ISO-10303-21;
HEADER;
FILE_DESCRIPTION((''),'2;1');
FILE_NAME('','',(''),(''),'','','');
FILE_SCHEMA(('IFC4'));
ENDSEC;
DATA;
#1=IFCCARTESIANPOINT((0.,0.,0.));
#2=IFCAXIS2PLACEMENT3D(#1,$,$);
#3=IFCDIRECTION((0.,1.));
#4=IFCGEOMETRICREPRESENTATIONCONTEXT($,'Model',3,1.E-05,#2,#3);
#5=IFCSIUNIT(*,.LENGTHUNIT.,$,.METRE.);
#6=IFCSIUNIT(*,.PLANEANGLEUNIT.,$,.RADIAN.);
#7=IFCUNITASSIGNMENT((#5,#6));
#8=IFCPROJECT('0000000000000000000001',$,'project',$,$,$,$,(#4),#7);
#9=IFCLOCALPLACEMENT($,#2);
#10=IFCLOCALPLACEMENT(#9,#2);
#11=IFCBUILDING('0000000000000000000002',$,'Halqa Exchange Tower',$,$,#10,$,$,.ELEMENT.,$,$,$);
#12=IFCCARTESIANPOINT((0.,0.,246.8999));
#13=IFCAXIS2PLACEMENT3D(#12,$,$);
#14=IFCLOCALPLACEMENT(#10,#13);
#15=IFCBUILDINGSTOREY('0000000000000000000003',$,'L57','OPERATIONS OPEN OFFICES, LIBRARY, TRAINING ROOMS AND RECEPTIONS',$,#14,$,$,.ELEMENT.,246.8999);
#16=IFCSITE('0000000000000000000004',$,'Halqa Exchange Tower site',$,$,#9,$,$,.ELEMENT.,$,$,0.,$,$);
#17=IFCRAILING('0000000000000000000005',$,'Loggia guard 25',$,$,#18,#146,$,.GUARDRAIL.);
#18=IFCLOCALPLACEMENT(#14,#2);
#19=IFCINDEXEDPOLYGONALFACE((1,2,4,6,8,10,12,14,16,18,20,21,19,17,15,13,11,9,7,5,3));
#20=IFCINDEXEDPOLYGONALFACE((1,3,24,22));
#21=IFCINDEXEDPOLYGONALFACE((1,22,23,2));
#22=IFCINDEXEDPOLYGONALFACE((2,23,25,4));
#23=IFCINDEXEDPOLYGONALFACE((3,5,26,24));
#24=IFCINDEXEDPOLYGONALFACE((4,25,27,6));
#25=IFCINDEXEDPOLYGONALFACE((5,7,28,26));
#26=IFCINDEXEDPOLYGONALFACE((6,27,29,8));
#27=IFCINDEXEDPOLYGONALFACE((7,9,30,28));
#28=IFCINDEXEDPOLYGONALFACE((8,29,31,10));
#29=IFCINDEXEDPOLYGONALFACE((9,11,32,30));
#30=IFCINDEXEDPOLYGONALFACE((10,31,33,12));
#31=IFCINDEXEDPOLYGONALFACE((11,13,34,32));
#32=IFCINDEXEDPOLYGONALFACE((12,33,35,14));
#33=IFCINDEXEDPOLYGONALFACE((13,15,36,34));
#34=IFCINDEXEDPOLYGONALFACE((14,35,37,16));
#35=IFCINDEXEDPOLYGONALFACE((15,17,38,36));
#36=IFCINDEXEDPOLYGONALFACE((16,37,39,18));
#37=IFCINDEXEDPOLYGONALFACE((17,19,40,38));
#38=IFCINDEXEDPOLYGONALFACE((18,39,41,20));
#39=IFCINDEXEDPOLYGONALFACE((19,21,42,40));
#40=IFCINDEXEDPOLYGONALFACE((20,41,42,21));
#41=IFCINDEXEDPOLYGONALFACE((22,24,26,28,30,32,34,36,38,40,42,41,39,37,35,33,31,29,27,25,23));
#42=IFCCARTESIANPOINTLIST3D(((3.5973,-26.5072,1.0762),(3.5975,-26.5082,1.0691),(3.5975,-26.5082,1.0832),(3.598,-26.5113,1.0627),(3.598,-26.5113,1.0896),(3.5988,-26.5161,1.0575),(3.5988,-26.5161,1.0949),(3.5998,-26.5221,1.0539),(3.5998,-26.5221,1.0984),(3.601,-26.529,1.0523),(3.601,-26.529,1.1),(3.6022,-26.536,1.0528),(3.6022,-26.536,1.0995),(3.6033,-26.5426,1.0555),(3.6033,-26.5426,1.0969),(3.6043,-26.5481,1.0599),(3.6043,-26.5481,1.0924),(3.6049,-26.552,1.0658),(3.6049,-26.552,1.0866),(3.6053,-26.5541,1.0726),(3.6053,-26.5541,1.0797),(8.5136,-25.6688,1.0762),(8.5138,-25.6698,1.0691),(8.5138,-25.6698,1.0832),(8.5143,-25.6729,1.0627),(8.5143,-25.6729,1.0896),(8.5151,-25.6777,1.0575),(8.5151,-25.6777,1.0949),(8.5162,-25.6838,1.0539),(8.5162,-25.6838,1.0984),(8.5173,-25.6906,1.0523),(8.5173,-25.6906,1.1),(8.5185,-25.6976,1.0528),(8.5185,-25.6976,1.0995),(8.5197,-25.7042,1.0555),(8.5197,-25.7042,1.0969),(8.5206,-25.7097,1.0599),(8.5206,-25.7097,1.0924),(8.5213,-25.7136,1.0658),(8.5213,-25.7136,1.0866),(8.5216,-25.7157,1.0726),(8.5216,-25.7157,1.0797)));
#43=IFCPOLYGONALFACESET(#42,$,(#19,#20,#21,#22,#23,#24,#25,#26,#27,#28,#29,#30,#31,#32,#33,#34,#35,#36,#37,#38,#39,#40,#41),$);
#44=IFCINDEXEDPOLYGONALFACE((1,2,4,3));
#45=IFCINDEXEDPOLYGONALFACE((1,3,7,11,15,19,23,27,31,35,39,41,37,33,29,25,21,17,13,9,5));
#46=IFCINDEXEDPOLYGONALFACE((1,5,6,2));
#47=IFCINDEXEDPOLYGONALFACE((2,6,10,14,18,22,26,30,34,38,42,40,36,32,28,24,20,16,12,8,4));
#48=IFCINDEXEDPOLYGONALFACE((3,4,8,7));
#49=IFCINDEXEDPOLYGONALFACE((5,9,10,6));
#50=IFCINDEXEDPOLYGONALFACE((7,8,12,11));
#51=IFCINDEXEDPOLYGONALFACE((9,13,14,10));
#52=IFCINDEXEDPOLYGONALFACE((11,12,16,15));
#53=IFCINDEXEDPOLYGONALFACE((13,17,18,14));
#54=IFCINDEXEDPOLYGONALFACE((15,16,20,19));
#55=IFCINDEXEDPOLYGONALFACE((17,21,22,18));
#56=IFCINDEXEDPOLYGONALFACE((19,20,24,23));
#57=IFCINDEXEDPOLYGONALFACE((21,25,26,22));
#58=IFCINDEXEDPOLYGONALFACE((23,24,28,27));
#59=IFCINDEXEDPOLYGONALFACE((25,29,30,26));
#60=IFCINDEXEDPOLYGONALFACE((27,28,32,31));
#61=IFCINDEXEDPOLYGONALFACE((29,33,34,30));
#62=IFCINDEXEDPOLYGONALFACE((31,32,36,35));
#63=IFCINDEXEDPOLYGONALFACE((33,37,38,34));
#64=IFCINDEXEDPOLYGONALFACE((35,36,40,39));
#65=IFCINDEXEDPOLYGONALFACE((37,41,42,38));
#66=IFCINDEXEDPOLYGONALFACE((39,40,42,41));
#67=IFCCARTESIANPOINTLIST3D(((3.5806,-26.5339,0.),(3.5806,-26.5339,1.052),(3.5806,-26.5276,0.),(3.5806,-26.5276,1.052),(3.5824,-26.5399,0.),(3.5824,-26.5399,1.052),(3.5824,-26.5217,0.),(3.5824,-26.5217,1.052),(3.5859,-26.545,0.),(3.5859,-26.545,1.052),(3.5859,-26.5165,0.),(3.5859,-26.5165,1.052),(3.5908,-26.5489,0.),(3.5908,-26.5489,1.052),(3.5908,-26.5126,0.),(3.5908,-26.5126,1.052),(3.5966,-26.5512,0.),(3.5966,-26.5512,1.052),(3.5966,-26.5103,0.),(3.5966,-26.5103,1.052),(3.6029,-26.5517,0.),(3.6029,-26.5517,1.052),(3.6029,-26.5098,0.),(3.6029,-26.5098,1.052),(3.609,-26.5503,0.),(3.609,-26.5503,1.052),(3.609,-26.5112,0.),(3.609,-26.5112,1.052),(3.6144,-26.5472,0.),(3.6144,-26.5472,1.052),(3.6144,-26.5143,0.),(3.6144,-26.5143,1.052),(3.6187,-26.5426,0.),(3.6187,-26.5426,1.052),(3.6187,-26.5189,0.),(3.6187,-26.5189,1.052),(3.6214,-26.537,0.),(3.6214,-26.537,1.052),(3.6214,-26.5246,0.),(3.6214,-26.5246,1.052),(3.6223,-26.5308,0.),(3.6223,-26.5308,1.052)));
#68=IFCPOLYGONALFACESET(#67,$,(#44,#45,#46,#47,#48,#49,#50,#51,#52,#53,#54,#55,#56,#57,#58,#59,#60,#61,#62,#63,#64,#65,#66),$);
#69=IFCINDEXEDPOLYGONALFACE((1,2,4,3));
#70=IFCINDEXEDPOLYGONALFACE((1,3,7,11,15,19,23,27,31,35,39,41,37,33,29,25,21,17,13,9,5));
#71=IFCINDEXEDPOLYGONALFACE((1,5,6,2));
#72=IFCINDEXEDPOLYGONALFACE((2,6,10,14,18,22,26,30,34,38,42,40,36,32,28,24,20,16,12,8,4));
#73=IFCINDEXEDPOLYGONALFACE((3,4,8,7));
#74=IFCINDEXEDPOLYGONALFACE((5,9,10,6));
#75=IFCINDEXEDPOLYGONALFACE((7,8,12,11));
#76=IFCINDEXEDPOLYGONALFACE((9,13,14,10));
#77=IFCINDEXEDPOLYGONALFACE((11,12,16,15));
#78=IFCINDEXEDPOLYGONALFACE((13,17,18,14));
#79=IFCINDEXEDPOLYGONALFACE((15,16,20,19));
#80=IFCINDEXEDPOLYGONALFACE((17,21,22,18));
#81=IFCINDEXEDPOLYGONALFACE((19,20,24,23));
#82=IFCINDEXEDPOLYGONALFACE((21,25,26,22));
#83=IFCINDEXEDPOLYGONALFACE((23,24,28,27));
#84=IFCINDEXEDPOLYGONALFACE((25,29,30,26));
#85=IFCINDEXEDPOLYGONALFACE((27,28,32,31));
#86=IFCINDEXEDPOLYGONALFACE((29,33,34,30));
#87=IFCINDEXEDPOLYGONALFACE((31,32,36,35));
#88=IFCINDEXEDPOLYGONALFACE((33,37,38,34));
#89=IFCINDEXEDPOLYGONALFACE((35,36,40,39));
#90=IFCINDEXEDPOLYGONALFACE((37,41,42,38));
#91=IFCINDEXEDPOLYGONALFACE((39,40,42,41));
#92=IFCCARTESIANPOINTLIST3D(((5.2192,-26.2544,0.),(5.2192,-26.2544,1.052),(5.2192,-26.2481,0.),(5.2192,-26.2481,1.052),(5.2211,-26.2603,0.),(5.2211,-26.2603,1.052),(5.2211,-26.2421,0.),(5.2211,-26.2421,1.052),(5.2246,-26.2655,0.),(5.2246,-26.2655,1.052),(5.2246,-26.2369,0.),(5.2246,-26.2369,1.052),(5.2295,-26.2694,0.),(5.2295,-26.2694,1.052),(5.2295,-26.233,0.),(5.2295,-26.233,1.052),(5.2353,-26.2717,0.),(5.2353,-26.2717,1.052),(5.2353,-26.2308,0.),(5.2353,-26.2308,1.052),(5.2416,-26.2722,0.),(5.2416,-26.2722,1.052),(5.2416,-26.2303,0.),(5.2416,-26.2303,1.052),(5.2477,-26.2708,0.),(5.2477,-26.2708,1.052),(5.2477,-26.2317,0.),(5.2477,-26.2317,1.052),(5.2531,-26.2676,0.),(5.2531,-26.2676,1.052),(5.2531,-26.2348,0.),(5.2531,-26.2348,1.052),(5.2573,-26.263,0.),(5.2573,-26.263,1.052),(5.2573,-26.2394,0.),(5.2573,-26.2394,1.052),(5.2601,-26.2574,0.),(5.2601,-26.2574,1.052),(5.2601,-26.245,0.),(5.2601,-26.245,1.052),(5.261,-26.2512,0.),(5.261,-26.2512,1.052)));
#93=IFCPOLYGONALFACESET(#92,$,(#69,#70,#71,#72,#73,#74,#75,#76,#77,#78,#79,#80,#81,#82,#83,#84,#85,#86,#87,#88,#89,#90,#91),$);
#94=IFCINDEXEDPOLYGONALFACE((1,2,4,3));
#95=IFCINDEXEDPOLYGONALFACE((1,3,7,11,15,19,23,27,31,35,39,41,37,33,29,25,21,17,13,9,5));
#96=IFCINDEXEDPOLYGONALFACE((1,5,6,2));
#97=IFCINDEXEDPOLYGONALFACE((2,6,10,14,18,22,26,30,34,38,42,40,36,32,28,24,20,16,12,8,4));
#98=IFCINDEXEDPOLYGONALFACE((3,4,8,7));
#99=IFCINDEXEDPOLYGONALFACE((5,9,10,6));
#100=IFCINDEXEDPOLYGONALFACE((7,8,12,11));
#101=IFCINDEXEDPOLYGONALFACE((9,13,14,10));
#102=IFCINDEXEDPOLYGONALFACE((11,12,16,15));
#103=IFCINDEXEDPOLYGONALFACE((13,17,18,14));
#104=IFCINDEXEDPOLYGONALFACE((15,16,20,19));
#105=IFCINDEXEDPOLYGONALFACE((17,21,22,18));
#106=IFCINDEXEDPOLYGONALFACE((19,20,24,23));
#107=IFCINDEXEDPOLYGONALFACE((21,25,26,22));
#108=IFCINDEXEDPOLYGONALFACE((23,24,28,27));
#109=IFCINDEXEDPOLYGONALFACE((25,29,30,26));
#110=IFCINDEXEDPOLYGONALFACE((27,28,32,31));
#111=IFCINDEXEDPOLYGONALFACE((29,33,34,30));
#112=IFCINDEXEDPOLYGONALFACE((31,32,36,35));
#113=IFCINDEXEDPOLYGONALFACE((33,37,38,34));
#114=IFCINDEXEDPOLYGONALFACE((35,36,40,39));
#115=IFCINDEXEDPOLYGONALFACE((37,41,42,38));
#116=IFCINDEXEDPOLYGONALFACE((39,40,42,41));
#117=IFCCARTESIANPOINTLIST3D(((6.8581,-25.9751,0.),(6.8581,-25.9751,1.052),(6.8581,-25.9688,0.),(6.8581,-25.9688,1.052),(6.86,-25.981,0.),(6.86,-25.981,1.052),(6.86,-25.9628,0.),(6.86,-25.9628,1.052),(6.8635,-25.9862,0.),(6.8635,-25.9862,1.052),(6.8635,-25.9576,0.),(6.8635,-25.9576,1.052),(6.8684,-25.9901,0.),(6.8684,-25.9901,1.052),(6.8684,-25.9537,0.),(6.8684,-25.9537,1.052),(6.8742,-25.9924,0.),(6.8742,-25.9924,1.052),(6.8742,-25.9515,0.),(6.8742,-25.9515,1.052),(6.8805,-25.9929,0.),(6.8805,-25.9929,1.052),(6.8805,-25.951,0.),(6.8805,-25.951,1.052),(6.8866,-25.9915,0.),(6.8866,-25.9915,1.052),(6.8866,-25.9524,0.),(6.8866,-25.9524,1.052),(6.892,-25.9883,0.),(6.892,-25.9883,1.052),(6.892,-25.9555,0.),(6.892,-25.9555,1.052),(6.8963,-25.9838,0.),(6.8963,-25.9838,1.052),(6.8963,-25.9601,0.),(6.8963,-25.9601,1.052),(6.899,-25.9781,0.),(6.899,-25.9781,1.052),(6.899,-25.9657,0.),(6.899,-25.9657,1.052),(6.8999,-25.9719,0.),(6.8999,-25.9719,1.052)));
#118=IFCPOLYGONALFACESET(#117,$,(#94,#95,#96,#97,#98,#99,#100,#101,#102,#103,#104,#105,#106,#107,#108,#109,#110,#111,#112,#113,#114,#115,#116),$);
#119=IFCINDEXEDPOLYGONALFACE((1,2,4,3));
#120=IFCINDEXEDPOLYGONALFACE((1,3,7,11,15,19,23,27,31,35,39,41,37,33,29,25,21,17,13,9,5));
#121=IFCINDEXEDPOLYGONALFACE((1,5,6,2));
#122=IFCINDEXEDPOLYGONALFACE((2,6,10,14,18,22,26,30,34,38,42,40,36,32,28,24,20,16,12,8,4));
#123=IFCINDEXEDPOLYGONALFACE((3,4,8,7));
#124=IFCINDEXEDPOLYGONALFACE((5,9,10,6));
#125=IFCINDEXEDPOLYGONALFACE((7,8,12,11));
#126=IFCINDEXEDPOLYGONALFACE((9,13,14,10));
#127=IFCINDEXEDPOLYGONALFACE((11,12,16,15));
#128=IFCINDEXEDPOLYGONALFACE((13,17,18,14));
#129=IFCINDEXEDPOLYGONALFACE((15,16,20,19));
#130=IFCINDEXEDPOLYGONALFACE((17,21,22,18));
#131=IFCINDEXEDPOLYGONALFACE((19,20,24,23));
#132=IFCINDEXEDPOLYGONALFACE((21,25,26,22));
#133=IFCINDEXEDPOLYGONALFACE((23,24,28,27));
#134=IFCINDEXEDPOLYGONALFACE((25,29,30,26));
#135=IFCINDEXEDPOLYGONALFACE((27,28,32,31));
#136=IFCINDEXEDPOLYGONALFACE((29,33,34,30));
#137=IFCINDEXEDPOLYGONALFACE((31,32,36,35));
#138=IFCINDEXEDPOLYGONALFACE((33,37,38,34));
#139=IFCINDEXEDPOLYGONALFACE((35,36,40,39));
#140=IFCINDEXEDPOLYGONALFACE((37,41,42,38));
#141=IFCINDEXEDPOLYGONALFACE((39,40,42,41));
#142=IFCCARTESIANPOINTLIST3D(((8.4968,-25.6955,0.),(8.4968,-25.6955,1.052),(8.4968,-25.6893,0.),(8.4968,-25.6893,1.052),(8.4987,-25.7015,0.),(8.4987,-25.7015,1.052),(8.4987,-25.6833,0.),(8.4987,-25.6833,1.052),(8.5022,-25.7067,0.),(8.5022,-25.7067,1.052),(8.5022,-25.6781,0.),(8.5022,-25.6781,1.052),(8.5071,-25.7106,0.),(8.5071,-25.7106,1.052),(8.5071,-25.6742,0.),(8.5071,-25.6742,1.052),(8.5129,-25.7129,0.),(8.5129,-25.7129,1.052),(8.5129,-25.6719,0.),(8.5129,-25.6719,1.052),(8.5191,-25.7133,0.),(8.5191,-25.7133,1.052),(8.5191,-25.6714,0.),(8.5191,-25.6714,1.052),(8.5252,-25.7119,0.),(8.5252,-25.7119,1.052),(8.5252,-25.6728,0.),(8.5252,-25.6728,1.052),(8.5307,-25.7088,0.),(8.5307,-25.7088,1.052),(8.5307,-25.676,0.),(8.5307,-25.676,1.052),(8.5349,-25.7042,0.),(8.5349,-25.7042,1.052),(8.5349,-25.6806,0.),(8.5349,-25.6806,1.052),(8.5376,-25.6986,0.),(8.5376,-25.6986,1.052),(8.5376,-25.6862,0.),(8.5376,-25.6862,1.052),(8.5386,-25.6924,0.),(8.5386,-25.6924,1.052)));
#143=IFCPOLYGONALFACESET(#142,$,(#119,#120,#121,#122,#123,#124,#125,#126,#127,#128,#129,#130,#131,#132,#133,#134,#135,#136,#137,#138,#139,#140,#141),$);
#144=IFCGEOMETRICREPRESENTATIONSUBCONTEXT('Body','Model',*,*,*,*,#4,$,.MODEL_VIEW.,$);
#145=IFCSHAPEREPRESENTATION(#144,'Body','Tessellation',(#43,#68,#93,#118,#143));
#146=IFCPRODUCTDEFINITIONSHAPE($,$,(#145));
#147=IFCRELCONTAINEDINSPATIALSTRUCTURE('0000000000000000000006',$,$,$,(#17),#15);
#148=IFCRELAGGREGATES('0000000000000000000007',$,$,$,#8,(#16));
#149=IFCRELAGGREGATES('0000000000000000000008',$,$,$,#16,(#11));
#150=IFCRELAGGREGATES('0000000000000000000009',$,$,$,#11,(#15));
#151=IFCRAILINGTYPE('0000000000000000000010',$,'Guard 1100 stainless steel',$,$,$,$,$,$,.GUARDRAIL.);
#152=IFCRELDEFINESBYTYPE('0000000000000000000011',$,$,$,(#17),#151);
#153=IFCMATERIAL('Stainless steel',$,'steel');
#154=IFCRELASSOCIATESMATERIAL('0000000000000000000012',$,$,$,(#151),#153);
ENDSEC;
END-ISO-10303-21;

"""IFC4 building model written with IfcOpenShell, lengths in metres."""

from ifc_helpers import new_model, si_unit, direction, frame, origin, origin_2d, place, context, subcontext, project, spatial, circle, extrude, material, type_object, element, save


model = new_model("IFC4")

# Units and contexts
model_context = context("Model", 3, precision=1e-05, world=origin(), true_north=direction((0.0, 1.0)))
body_context = subcontext(model_context, "Body", "Model", "MODEL_VIEW")
ifc_project = project(units=[si_unit("LENGTHUNIT", "METRE"), si_unit("PLANEANGLEUNIT", "RADIAN")], contexts=[model_context])

# Site, building, storey
site_placement = place(None, origin())
site = spatial("IfcSite", under=ifc_project, at=site_placement, Name="Halqa Exchange Tower site", CompositionType="ELEMENT", RefElevation=0.0)
building_placement = place(site_placement, origin())
building = spatial("IfcBuilding", under=site, at=building_placement, Name="Halqa Exchange Tower", CompositionType="ELEMENT")
storey_placement = place(building_placement, frame((0.0, 0.0, 246.8999)))
storey = spatial("IfcBuildingStorey", under=building, at=storey_placement, Name="L57", Description="OPERATIONS OPEN OFFICES, LIBRARY, TRAINING ROOMS AND RECEPTIONS", CompositionType="ELEMENT", Elevation=246.8999)

# Railing
ifc_material_1 = material(Name="Stainless steel", Category="steel")
railing_type = type_object("IfcRailingType", Name="Guard 1100 stainless steel", PredefinedType="GUARDRAIL", material=ifc_material_1)
railing_1_placement = place(storey_placement, frame((3.6013, -26.5308, 0.0)))
element("IfcRailing", 1, at=railing_1_placement, inside=storey, type_object=railing_type, Name="Loggia guard 25", PredefinedType="GUARDRAIL", context=body_context, shape_type="SweptSolid", body=[
    extrude(circle(Radius=0.0239, at=origin_2d()), frame((0.0, 0.0, 1.0762), z_axis=(0.985769, 0.168105, 0.0), x_axis=(-0.168105, 0.985769, 0.0)), (0.0, 0.0, 1.0), 4.9873),
    extrude(circle(Radius=0.021, at=origin_2d()), origin(), (0.0, 0.0, 1.0), 1.052),
    extrude(circle(Radius=0.021, at=origin_2d()), frame((1.6387, 0.2795, 0.0)), (0.0, 0.0, 1.0), 1.052),
    extrude(circle(Radius=0.021, at=origin_2d()), frame((3.2776, 0.5588, 0.0)), (0.0, 0.0, 1.0), 1.052),
    extrude(circle(Radius=0.021, at=origin_2d()), frame((4.9163, 0.8384, 0.0)), (0.0, 0.0, 1.0), 1.052),
])

save(model, "model.ifc")
